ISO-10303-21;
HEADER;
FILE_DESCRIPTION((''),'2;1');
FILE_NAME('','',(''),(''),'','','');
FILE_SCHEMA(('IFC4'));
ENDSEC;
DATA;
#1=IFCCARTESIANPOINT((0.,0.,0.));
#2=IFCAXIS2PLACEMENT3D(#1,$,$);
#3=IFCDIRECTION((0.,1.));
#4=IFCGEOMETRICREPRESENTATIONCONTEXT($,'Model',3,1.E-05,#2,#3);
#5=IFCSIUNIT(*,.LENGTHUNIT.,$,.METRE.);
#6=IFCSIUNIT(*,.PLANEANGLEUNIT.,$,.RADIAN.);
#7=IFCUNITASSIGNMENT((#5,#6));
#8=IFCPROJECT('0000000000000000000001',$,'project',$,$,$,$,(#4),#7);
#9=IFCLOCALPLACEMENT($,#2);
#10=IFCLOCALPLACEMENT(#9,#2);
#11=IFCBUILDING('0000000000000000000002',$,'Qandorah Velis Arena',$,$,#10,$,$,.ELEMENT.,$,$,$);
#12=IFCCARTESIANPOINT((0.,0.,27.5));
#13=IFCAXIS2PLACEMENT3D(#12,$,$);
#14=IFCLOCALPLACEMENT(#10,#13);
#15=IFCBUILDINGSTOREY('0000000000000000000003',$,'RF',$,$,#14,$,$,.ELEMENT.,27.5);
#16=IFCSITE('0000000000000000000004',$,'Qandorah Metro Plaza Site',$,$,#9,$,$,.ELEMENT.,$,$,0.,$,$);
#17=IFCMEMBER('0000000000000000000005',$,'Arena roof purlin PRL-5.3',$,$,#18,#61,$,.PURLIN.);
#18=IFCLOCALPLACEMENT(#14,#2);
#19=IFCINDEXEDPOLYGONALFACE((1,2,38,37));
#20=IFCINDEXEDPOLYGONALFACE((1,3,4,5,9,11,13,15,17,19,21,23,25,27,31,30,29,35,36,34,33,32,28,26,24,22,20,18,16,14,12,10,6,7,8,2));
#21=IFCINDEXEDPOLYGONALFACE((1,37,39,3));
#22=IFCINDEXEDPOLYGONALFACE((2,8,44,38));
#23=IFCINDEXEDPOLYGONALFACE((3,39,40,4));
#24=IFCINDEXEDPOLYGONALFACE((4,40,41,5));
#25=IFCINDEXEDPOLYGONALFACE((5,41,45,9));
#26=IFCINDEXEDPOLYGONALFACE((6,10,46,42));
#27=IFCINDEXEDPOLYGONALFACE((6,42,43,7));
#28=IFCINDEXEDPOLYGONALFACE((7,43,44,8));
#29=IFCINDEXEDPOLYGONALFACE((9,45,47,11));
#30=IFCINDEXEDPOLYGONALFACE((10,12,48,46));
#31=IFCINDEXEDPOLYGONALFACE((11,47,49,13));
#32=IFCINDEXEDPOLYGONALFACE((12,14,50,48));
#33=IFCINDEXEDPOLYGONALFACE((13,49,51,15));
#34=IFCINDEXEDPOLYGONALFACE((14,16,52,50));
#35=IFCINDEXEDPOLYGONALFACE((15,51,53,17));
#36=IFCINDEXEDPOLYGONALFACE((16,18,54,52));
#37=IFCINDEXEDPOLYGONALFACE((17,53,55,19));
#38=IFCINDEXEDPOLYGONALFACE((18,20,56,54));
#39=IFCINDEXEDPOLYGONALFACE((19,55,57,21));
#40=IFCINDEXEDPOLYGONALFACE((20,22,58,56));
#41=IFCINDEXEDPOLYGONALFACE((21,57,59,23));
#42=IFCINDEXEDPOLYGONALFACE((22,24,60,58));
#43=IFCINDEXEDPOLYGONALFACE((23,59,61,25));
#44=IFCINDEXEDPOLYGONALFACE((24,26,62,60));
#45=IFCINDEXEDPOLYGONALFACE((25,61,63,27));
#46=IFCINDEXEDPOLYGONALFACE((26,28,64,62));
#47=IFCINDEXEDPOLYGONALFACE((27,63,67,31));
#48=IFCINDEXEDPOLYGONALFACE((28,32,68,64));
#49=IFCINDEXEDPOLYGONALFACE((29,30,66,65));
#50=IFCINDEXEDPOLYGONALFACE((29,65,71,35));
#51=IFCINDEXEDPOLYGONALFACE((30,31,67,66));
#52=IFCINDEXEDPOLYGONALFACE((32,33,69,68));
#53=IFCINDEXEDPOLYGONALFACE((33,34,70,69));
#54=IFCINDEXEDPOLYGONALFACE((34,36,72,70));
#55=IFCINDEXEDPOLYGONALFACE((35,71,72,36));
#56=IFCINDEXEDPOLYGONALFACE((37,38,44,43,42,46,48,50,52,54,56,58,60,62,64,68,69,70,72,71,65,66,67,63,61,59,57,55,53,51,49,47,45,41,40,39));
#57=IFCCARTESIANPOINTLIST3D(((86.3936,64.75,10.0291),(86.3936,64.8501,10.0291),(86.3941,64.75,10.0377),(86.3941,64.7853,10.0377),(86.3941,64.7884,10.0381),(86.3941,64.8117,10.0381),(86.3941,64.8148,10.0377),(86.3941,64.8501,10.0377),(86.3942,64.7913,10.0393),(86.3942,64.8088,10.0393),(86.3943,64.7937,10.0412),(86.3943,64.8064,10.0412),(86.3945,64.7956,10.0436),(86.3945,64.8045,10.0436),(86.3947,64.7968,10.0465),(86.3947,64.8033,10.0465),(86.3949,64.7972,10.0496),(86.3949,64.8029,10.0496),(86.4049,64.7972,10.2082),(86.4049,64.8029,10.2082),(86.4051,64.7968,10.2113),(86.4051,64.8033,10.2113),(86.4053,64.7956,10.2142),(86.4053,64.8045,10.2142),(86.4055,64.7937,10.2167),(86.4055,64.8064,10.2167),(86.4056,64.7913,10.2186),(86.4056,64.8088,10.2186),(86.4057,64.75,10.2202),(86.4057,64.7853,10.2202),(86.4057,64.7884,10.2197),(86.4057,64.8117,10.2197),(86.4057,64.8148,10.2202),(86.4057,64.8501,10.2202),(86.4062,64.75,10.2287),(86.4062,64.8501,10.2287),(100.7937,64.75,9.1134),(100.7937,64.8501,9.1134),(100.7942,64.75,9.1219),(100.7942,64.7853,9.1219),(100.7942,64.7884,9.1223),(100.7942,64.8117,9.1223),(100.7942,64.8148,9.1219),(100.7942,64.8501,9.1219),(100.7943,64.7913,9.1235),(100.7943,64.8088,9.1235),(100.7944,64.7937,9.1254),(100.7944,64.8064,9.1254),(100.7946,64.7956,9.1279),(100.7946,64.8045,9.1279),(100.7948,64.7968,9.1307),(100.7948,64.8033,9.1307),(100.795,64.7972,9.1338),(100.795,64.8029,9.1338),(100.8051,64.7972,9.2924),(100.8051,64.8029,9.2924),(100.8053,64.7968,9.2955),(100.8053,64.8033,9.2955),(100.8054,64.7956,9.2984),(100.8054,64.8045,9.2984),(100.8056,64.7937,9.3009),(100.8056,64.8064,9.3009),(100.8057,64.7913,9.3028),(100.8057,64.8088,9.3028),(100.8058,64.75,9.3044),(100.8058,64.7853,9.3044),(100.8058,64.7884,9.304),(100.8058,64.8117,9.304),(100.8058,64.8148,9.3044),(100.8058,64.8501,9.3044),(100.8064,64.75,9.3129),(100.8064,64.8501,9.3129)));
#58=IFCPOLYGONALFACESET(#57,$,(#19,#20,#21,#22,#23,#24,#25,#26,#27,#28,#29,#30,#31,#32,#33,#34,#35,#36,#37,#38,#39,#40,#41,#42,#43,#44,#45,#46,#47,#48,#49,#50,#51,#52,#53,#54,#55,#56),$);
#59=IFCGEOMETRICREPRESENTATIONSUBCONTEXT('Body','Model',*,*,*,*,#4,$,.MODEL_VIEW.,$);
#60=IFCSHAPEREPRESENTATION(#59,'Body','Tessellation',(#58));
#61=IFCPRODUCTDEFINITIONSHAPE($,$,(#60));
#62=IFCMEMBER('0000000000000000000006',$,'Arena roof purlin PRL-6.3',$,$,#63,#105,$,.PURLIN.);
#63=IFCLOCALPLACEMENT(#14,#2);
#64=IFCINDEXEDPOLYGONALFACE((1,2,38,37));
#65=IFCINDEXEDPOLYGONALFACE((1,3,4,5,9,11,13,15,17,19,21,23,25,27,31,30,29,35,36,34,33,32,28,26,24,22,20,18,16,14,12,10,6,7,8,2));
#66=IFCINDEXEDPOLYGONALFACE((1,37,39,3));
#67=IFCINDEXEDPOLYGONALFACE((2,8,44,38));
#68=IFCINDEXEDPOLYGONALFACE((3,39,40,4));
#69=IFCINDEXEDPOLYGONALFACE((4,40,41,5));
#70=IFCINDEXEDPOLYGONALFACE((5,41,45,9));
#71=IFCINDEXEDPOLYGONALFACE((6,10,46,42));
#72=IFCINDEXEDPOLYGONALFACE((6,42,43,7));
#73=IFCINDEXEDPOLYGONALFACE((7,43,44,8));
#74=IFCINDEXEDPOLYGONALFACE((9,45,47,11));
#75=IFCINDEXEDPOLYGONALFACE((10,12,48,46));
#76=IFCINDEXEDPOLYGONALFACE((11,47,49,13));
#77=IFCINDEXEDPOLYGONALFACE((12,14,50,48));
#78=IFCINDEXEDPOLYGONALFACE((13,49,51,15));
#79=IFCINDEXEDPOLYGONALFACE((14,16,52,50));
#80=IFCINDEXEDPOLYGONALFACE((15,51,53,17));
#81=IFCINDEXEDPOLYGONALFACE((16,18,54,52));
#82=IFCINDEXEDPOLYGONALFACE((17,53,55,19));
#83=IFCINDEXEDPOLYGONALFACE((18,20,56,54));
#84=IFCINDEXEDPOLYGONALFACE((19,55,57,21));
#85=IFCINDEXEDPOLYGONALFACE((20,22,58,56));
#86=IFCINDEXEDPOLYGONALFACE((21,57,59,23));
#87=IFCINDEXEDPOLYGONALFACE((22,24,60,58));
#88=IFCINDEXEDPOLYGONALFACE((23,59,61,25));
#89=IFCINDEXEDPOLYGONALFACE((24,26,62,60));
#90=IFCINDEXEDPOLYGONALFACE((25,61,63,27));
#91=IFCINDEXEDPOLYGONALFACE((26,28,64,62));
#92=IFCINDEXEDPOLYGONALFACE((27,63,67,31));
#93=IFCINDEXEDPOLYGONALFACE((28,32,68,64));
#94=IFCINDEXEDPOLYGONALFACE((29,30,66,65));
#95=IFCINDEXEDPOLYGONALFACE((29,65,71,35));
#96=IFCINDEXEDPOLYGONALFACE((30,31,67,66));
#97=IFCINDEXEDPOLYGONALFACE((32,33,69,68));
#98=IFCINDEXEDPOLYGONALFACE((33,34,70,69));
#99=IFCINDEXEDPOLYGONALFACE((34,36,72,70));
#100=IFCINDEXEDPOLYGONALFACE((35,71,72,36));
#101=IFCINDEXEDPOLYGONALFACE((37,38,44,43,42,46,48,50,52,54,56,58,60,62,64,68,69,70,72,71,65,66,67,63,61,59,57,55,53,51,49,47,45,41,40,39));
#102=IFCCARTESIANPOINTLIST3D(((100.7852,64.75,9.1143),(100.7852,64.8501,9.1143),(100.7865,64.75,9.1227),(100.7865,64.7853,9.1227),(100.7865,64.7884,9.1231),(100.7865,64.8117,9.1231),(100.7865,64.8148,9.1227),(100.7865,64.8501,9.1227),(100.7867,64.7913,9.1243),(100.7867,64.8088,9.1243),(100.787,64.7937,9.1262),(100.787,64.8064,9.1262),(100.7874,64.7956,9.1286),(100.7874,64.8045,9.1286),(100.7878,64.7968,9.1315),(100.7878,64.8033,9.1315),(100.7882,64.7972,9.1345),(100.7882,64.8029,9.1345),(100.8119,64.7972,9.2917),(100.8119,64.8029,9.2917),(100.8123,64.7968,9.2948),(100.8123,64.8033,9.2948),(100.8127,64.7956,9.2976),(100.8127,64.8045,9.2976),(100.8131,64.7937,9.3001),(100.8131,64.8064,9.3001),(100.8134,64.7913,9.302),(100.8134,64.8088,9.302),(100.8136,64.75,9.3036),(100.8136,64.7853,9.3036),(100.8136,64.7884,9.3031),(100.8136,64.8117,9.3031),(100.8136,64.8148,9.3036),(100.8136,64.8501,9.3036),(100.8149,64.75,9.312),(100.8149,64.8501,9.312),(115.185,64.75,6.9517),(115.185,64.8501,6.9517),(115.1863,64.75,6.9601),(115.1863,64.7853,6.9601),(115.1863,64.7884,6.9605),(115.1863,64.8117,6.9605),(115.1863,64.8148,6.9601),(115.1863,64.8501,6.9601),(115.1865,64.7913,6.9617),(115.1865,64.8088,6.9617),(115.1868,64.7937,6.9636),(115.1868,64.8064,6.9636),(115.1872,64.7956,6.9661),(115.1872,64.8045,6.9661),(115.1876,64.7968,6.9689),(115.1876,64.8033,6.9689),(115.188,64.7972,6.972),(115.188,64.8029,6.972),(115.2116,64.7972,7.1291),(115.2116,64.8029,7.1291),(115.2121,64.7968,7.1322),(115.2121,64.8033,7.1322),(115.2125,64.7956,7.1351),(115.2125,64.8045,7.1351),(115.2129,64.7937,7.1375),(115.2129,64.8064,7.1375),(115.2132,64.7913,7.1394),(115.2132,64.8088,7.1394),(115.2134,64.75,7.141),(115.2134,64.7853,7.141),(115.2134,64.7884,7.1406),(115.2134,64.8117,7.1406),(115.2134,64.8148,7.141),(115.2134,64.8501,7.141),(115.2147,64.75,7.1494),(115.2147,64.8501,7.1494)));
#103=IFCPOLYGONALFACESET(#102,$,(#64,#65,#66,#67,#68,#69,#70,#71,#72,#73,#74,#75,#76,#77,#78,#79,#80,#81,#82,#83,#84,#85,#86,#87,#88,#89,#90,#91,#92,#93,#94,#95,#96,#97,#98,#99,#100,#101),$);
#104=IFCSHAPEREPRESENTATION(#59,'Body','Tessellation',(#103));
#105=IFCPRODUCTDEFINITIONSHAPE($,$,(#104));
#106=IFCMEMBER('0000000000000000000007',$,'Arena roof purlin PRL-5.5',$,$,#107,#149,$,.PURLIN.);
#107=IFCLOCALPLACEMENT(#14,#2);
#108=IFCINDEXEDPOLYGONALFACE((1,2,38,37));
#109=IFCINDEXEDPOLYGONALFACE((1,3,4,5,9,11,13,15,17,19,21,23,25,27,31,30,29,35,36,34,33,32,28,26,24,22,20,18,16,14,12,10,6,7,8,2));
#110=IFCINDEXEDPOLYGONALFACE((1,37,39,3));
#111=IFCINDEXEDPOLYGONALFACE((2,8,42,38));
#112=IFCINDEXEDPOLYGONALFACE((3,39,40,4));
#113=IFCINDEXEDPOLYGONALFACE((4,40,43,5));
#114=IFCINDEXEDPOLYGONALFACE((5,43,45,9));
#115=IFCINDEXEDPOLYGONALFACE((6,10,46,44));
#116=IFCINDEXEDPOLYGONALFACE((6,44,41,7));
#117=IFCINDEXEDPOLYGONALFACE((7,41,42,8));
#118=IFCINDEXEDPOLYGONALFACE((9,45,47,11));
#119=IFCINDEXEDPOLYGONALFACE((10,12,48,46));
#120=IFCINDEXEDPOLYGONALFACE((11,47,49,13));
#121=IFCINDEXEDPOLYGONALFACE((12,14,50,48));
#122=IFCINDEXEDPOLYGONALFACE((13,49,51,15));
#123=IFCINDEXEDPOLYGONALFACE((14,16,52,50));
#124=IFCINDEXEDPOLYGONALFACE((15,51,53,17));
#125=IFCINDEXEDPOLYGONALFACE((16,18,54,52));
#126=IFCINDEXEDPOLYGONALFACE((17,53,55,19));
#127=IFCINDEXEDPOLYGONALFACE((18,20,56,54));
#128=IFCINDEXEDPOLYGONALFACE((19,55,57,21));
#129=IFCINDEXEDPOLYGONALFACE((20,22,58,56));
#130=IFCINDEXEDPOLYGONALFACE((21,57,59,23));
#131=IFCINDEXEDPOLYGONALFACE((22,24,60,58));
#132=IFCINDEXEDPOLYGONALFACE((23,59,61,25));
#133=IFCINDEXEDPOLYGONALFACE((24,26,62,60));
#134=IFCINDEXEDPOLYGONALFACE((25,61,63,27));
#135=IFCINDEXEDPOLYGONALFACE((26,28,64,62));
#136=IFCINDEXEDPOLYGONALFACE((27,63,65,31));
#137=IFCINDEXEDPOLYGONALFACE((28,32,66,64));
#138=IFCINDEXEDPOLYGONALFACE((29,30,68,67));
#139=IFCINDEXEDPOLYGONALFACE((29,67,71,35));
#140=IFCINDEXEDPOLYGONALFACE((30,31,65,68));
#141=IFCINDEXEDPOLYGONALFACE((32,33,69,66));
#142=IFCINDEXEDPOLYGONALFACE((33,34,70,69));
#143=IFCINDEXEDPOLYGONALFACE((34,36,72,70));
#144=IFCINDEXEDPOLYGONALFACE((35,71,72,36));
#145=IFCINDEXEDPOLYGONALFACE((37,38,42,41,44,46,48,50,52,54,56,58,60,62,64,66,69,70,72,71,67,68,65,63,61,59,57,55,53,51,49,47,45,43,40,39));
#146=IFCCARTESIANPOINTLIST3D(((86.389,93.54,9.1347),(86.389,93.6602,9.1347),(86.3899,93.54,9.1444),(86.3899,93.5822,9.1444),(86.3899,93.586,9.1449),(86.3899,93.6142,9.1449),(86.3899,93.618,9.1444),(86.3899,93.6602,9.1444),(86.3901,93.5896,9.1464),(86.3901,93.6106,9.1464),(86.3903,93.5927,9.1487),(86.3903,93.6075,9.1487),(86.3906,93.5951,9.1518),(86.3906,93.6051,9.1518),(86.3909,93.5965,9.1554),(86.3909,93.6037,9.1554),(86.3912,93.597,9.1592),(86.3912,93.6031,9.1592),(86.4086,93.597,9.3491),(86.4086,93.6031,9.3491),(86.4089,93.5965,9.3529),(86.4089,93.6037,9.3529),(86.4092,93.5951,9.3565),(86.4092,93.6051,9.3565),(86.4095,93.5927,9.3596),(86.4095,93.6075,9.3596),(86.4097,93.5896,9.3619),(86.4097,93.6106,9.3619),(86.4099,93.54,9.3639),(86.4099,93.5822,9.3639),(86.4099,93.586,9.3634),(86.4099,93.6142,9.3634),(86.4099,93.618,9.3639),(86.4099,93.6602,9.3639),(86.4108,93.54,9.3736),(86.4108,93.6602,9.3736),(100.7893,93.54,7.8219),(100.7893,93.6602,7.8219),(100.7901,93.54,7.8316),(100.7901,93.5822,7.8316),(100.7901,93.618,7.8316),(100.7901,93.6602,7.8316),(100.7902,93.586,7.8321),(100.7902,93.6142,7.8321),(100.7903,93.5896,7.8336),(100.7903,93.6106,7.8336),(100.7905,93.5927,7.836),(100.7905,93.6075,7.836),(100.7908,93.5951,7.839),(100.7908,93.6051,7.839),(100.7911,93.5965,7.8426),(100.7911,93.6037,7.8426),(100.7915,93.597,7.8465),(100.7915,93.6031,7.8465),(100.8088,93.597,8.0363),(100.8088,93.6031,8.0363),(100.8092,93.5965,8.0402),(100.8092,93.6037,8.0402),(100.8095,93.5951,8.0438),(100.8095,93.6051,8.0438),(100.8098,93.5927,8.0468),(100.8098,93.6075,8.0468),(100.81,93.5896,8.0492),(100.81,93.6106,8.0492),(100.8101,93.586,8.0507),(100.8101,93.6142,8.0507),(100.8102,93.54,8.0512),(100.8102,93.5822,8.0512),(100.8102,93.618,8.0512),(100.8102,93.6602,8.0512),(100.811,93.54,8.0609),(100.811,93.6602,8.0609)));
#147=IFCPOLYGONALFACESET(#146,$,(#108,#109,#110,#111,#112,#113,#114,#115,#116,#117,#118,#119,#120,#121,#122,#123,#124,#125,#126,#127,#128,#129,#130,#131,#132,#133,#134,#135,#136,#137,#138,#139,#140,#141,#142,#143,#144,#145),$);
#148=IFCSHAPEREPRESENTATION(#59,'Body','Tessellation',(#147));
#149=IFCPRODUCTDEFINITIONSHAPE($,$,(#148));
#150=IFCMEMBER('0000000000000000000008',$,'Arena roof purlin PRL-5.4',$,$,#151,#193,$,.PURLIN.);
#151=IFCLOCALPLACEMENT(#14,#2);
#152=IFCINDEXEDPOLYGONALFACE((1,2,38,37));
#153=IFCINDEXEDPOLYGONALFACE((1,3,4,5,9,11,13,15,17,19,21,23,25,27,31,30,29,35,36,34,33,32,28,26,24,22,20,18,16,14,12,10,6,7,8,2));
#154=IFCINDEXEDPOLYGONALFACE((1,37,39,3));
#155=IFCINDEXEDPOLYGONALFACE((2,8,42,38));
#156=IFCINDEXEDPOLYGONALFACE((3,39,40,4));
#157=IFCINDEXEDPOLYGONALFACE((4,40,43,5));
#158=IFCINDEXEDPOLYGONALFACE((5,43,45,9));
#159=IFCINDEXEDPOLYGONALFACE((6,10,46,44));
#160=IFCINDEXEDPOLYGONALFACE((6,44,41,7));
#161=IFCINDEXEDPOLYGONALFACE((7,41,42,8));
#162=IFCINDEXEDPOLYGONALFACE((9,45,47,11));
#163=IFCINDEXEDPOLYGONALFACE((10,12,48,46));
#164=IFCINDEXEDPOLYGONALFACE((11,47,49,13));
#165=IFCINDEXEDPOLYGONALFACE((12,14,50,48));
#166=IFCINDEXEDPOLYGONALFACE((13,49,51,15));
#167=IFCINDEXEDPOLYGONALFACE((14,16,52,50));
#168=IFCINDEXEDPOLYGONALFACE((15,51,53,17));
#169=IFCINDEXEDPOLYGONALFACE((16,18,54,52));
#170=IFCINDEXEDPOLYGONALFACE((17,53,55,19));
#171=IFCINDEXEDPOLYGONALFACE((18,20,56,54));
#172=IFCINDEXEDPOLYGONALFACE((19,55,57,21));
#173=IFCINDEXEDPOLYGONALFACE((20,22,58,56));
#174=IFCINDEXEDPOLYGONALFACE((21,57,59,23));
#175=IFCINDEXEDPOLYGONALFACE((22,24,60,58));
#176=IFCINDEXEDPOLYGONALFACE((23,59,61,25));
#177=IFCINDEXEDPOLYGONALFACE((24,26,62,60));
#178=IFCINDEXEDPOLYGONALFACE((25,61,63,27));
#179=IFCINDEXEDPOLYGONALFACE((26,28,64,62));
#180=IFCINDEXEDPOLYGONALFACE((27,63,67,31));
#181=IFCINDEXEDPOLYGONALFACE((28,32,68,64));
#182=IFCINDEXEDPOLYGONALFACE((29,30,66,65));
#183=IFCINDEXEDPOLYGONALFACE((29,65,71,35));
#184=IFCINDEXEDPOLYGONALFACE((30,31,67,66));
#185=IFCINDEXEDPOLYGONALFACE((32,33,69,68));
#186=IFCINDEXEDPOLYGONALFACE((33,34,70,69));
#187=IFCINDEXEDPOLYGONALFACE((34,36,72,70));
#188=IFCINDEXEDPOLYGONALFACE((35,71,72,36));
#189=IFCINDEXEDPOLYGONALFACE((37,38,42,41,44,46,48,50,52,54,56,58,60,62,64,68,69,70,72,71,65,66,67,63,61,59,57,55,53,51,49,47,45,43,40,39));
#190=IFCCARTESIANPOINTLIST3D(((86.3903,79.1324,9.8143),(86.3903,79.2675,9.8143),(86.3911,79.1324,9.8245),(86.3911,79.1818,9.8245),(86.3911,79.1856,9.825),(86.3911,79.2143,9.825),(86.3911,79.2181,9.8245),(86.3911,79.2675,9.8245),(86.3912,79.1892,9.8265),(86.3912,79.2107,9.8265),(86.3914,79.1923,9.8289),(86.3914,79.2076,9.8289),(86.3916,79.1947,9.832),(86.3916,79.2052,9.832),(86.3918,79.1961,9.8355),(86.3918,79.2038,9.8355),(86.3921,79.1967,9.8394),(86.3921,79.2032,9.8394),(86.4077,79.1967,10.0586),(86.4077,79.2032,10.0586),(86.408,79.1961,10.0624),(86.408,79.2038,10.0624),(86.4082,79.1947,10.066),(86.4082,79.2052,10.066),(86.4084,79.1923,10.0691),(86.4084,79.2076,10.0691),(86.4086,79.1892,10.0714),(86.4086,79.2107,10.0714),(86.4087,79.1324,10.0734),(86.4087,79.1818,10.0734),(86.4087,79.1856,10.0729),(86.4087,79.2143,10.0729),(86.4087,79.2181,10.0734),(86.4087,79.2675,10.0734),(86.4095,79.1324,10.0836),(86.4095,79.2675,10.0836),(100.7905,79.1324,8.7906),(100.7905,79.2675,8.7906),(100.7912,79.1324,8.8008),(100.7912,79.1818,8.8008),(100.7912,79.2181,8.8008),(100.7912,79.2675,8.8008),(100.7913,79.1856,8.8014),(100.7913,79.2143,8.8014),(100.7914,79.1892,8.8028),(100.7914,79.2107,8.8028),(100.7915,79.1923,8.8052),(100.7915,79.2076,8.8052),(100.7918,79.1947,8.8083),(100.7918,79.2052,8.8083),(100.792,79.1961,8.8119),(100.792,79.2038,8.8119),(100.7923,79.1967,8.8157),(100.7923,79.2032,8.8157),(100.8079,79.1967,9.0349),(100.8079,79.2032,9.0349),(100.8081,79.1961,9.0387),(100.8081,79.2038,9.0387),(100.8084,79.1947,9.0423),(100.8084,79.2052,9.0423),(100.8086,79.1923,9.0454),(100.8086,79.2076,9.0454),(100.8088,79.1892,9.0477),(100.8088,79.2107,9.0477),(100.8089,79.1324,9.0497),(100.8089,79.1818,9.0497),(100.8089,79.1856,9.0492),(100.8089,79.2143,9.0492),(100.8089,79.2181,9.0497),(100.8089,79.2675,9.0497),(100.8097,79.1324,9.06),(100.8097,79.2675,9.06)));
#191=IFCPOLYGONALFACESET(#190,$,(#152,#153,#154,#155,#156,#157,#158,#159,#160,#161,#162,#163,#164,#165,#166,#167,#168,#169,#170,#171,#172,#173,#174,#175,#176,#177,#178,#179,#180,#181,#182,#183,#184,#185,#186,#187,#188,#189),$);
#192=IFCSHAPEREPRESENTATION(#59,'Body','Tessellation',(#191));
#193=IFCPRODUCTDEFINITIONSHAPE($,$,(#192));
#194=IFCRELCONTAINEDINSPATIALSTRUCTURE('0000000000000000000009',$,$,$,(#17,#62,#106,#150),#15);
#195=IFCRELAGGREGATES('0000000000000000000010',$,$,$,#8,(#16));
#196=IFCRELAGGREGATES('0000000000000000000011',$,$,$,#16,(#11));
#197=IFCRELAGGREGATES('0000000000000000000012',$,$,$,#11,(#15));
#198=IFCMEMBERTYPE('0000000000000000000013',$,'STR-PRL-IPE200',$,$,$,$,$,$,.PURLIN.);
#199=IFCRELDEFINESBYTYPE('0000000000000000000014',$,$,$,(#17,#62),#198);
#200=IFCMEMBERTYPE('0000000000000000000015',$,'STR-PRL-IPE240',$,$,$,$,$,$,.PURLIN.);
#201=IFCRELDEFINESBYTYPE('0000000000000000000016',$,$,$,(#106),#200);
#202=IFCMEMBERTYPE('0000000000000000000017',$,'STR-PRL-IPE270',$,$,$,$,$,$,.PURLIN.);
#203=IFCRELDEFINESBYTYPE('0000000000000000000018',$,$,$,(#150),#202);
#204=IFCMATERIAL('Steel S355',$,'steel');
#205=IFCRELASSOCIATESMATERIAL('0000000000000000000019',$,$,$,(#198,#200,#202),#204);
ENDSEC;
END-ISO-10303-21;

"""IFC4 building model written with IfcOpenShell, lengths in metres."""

from ifc_helpers import new_model, si_unit, direction, frame, origin, origin_2d, place, context, subcontext, project, spatial, i_section, extrude, material, material_profile, profile_set, type_object, element, save


model = new_model("IFC4")

# Units and contexts
model_context = context("Model", 3, precision=1e-05, world=origin(), true_north=direction((0.0, 1.0)))
body_context = subcontext(model_context, "Body", "Model", "MODEL_VIEW")
ifc_project = project(units=[si_unit("LENGTHUNIT", "METRE"), si_unit("PLANEANGLEUNIT", "RADIAN")], contexts=[model_context])

# Site, building, storey
site_placement = place(None, origin())
site = spatial("IfcSite", under=ifc_project, at=site_placement, Name="Qandorah Metro Plaza Site", CompositionType="ELEMENT", RefElevation=0.0)
building_placement = place(site_placement, origin())
building = spatial("IfcBuilding", under=site, at=building_placement, Name="Qandorah Velis Arena", CompositionType="ELEMENT")
storey_placement = place(building_placement, frame((0.0, 0.0, 27.5)))
storey = spatial("IfcBuildingStorey", under=building, at=storey_placement, Name="RF", CompositionType="ELEMENT", Elevation=27.5)

# Members
ifc_material_1 = material(Name="Steel S355", Category="steel")
ifc_material_profile_1 = material_profile(ifc_material_1, i_section(OverallWidth=0.1001, OverallDepth=0.2, WebThickness=0.0056, FlangeThickness=0.0085, FilletRadius=0.012, at=origin_2d()), Name="IPE 200")
ifc_profile_set_1 = profile_set([ifc_material_profile_1], Name="Steel S355")
member_type_1 = type_object("IfcMemberType", Name="STR-PRL-IPE200", PredefinedType="PURLIN", material=ifc_profile_set_1)
member_1_placement = place(storey_placement, frame((86.3999, 64.8, 10.1289), z_axis=(0.997984, 0.0, -0.063466), x_axis=(0.0, 1.0, 0.0)))
element("IfcMember", 1, at=member_1_placement, inside=storey, type_object=member_type_1, Name="Arena roof purlin PRL-5.3", PredefinedType="PURLIN", context=body_context, shape_type="SweptSolid", body=[
    extrude(i_section(OverallWidth=0.1001, OverallDepth=0.2, WebThickness=0.0056, FlangeThickness=0.0085, FilletRadius=0.012, at=origin_2d()), origin(), (0.0, 0.0, 1.0), 14.4292),
])
member_2_placement = place(storey_placement, frame((100.8, 64.8, 9.2131), z_axis=(0.98891, 0.0, -0.148516), x_axis=(0.0, 1.0, 0.0)))
element("IfcMember", 2, at=member_2_placement, inside=storey, type_object=member_type_1, Name="Arena roof purlin PRL-6.3", PredefinedType="PURLIN", context=body_context, shape_type="SweptSolid", body=[
    extrude(i_section(OverallWidth=0.1001, OverallDepth=0.2, WebThickness=0.0056, FlangeThickness=0.0085, FilletRadius=0.012, at=origin_2d()), origin(), (0.0, 0.0, 1.0), 14.5613),
])
ifc_material_profile_2 = material_profile(ifc_material_1, i_section(OverallWidth=0.1201, OverallDepth=0.24, WebThickness=0.0061, FlangeThickness=0.0098, FilletRadius=0.0149, at=origin_2d()), Name="IPE 240")
ifc_profile_set_2 = profile_set([ifc_material_profile_2], Name="Steel S355")
member_type_2 = type_object("IfcMemberType", Name="STR-PRL-IPE240", PredefinedType="PURLIN", material=ifc_profile_set_2)
member_3_placement = place(storey_placement, frame((86.3999, 93.6001, 9.2542), z_axis=(0.99587, 0.0, -0.090785), x_axis=(0.0, 1.0, 0.0)))
element("IfcMember", 3, at=member_3_placement, inside=storey, type_object=member_type_2, Name="Arena roof purlin PRL-5.5", PredefinedType="PURLIN", context=body_context, shape_type="SweptSolid", body=[
    extrude(i_section(OverallWidth=0.1201, OverallDepth=0.24, WebThickness=0.0061, FlangeThickness=0.0098, FilletRadius=0.0149, at=origin_2d()), origin(), (0.0, 0.0, 1.0), 14.46),
])
ifc_material_profile_3 = material_profile(ifc_material_1, i_section(OverallWidth=0.135, OverallDepth=0.27, WebThickness=0.0066, FlangeThickness=0.0103, FilletRadius=0.0149, at=origin_2d()), Name="IPE 270")
ifc_profile_set_3 = profile_set([ifc_material_profile_3], Name="Steel S355")
member_type_3 = type_object("IfcMemberType", Name="STR-PRL-IPE270", PredefinedType="PURLIN", material=ifc_profile_set_3)
member_4_placement = place(storey_placement, frame((86.3999, 79.2, 9.949), z_axis=(0.997483, 0.0, -0.070909), x_axis=(0.0, 1.0, 0.0)))
element("IfcMember", 4, at=member_4_placement, inside=storey, type_object=member_type_3, Name="Arena roof purlin PRL-5.4", PredefinedType="PURLIN", context=body_context, shape_type="SweptSolid", body=[
    extrude(i_section(OverallWidth=0.135, OverallDepth=0.27, WebThickness=0.0066, FlangeThickness=0.0103, FilletRadius=0.0149, at=origin_2d()), origin(), (0.0, 0.0, 1.0), 14.4365),
])

save(model, "model.ifc")
